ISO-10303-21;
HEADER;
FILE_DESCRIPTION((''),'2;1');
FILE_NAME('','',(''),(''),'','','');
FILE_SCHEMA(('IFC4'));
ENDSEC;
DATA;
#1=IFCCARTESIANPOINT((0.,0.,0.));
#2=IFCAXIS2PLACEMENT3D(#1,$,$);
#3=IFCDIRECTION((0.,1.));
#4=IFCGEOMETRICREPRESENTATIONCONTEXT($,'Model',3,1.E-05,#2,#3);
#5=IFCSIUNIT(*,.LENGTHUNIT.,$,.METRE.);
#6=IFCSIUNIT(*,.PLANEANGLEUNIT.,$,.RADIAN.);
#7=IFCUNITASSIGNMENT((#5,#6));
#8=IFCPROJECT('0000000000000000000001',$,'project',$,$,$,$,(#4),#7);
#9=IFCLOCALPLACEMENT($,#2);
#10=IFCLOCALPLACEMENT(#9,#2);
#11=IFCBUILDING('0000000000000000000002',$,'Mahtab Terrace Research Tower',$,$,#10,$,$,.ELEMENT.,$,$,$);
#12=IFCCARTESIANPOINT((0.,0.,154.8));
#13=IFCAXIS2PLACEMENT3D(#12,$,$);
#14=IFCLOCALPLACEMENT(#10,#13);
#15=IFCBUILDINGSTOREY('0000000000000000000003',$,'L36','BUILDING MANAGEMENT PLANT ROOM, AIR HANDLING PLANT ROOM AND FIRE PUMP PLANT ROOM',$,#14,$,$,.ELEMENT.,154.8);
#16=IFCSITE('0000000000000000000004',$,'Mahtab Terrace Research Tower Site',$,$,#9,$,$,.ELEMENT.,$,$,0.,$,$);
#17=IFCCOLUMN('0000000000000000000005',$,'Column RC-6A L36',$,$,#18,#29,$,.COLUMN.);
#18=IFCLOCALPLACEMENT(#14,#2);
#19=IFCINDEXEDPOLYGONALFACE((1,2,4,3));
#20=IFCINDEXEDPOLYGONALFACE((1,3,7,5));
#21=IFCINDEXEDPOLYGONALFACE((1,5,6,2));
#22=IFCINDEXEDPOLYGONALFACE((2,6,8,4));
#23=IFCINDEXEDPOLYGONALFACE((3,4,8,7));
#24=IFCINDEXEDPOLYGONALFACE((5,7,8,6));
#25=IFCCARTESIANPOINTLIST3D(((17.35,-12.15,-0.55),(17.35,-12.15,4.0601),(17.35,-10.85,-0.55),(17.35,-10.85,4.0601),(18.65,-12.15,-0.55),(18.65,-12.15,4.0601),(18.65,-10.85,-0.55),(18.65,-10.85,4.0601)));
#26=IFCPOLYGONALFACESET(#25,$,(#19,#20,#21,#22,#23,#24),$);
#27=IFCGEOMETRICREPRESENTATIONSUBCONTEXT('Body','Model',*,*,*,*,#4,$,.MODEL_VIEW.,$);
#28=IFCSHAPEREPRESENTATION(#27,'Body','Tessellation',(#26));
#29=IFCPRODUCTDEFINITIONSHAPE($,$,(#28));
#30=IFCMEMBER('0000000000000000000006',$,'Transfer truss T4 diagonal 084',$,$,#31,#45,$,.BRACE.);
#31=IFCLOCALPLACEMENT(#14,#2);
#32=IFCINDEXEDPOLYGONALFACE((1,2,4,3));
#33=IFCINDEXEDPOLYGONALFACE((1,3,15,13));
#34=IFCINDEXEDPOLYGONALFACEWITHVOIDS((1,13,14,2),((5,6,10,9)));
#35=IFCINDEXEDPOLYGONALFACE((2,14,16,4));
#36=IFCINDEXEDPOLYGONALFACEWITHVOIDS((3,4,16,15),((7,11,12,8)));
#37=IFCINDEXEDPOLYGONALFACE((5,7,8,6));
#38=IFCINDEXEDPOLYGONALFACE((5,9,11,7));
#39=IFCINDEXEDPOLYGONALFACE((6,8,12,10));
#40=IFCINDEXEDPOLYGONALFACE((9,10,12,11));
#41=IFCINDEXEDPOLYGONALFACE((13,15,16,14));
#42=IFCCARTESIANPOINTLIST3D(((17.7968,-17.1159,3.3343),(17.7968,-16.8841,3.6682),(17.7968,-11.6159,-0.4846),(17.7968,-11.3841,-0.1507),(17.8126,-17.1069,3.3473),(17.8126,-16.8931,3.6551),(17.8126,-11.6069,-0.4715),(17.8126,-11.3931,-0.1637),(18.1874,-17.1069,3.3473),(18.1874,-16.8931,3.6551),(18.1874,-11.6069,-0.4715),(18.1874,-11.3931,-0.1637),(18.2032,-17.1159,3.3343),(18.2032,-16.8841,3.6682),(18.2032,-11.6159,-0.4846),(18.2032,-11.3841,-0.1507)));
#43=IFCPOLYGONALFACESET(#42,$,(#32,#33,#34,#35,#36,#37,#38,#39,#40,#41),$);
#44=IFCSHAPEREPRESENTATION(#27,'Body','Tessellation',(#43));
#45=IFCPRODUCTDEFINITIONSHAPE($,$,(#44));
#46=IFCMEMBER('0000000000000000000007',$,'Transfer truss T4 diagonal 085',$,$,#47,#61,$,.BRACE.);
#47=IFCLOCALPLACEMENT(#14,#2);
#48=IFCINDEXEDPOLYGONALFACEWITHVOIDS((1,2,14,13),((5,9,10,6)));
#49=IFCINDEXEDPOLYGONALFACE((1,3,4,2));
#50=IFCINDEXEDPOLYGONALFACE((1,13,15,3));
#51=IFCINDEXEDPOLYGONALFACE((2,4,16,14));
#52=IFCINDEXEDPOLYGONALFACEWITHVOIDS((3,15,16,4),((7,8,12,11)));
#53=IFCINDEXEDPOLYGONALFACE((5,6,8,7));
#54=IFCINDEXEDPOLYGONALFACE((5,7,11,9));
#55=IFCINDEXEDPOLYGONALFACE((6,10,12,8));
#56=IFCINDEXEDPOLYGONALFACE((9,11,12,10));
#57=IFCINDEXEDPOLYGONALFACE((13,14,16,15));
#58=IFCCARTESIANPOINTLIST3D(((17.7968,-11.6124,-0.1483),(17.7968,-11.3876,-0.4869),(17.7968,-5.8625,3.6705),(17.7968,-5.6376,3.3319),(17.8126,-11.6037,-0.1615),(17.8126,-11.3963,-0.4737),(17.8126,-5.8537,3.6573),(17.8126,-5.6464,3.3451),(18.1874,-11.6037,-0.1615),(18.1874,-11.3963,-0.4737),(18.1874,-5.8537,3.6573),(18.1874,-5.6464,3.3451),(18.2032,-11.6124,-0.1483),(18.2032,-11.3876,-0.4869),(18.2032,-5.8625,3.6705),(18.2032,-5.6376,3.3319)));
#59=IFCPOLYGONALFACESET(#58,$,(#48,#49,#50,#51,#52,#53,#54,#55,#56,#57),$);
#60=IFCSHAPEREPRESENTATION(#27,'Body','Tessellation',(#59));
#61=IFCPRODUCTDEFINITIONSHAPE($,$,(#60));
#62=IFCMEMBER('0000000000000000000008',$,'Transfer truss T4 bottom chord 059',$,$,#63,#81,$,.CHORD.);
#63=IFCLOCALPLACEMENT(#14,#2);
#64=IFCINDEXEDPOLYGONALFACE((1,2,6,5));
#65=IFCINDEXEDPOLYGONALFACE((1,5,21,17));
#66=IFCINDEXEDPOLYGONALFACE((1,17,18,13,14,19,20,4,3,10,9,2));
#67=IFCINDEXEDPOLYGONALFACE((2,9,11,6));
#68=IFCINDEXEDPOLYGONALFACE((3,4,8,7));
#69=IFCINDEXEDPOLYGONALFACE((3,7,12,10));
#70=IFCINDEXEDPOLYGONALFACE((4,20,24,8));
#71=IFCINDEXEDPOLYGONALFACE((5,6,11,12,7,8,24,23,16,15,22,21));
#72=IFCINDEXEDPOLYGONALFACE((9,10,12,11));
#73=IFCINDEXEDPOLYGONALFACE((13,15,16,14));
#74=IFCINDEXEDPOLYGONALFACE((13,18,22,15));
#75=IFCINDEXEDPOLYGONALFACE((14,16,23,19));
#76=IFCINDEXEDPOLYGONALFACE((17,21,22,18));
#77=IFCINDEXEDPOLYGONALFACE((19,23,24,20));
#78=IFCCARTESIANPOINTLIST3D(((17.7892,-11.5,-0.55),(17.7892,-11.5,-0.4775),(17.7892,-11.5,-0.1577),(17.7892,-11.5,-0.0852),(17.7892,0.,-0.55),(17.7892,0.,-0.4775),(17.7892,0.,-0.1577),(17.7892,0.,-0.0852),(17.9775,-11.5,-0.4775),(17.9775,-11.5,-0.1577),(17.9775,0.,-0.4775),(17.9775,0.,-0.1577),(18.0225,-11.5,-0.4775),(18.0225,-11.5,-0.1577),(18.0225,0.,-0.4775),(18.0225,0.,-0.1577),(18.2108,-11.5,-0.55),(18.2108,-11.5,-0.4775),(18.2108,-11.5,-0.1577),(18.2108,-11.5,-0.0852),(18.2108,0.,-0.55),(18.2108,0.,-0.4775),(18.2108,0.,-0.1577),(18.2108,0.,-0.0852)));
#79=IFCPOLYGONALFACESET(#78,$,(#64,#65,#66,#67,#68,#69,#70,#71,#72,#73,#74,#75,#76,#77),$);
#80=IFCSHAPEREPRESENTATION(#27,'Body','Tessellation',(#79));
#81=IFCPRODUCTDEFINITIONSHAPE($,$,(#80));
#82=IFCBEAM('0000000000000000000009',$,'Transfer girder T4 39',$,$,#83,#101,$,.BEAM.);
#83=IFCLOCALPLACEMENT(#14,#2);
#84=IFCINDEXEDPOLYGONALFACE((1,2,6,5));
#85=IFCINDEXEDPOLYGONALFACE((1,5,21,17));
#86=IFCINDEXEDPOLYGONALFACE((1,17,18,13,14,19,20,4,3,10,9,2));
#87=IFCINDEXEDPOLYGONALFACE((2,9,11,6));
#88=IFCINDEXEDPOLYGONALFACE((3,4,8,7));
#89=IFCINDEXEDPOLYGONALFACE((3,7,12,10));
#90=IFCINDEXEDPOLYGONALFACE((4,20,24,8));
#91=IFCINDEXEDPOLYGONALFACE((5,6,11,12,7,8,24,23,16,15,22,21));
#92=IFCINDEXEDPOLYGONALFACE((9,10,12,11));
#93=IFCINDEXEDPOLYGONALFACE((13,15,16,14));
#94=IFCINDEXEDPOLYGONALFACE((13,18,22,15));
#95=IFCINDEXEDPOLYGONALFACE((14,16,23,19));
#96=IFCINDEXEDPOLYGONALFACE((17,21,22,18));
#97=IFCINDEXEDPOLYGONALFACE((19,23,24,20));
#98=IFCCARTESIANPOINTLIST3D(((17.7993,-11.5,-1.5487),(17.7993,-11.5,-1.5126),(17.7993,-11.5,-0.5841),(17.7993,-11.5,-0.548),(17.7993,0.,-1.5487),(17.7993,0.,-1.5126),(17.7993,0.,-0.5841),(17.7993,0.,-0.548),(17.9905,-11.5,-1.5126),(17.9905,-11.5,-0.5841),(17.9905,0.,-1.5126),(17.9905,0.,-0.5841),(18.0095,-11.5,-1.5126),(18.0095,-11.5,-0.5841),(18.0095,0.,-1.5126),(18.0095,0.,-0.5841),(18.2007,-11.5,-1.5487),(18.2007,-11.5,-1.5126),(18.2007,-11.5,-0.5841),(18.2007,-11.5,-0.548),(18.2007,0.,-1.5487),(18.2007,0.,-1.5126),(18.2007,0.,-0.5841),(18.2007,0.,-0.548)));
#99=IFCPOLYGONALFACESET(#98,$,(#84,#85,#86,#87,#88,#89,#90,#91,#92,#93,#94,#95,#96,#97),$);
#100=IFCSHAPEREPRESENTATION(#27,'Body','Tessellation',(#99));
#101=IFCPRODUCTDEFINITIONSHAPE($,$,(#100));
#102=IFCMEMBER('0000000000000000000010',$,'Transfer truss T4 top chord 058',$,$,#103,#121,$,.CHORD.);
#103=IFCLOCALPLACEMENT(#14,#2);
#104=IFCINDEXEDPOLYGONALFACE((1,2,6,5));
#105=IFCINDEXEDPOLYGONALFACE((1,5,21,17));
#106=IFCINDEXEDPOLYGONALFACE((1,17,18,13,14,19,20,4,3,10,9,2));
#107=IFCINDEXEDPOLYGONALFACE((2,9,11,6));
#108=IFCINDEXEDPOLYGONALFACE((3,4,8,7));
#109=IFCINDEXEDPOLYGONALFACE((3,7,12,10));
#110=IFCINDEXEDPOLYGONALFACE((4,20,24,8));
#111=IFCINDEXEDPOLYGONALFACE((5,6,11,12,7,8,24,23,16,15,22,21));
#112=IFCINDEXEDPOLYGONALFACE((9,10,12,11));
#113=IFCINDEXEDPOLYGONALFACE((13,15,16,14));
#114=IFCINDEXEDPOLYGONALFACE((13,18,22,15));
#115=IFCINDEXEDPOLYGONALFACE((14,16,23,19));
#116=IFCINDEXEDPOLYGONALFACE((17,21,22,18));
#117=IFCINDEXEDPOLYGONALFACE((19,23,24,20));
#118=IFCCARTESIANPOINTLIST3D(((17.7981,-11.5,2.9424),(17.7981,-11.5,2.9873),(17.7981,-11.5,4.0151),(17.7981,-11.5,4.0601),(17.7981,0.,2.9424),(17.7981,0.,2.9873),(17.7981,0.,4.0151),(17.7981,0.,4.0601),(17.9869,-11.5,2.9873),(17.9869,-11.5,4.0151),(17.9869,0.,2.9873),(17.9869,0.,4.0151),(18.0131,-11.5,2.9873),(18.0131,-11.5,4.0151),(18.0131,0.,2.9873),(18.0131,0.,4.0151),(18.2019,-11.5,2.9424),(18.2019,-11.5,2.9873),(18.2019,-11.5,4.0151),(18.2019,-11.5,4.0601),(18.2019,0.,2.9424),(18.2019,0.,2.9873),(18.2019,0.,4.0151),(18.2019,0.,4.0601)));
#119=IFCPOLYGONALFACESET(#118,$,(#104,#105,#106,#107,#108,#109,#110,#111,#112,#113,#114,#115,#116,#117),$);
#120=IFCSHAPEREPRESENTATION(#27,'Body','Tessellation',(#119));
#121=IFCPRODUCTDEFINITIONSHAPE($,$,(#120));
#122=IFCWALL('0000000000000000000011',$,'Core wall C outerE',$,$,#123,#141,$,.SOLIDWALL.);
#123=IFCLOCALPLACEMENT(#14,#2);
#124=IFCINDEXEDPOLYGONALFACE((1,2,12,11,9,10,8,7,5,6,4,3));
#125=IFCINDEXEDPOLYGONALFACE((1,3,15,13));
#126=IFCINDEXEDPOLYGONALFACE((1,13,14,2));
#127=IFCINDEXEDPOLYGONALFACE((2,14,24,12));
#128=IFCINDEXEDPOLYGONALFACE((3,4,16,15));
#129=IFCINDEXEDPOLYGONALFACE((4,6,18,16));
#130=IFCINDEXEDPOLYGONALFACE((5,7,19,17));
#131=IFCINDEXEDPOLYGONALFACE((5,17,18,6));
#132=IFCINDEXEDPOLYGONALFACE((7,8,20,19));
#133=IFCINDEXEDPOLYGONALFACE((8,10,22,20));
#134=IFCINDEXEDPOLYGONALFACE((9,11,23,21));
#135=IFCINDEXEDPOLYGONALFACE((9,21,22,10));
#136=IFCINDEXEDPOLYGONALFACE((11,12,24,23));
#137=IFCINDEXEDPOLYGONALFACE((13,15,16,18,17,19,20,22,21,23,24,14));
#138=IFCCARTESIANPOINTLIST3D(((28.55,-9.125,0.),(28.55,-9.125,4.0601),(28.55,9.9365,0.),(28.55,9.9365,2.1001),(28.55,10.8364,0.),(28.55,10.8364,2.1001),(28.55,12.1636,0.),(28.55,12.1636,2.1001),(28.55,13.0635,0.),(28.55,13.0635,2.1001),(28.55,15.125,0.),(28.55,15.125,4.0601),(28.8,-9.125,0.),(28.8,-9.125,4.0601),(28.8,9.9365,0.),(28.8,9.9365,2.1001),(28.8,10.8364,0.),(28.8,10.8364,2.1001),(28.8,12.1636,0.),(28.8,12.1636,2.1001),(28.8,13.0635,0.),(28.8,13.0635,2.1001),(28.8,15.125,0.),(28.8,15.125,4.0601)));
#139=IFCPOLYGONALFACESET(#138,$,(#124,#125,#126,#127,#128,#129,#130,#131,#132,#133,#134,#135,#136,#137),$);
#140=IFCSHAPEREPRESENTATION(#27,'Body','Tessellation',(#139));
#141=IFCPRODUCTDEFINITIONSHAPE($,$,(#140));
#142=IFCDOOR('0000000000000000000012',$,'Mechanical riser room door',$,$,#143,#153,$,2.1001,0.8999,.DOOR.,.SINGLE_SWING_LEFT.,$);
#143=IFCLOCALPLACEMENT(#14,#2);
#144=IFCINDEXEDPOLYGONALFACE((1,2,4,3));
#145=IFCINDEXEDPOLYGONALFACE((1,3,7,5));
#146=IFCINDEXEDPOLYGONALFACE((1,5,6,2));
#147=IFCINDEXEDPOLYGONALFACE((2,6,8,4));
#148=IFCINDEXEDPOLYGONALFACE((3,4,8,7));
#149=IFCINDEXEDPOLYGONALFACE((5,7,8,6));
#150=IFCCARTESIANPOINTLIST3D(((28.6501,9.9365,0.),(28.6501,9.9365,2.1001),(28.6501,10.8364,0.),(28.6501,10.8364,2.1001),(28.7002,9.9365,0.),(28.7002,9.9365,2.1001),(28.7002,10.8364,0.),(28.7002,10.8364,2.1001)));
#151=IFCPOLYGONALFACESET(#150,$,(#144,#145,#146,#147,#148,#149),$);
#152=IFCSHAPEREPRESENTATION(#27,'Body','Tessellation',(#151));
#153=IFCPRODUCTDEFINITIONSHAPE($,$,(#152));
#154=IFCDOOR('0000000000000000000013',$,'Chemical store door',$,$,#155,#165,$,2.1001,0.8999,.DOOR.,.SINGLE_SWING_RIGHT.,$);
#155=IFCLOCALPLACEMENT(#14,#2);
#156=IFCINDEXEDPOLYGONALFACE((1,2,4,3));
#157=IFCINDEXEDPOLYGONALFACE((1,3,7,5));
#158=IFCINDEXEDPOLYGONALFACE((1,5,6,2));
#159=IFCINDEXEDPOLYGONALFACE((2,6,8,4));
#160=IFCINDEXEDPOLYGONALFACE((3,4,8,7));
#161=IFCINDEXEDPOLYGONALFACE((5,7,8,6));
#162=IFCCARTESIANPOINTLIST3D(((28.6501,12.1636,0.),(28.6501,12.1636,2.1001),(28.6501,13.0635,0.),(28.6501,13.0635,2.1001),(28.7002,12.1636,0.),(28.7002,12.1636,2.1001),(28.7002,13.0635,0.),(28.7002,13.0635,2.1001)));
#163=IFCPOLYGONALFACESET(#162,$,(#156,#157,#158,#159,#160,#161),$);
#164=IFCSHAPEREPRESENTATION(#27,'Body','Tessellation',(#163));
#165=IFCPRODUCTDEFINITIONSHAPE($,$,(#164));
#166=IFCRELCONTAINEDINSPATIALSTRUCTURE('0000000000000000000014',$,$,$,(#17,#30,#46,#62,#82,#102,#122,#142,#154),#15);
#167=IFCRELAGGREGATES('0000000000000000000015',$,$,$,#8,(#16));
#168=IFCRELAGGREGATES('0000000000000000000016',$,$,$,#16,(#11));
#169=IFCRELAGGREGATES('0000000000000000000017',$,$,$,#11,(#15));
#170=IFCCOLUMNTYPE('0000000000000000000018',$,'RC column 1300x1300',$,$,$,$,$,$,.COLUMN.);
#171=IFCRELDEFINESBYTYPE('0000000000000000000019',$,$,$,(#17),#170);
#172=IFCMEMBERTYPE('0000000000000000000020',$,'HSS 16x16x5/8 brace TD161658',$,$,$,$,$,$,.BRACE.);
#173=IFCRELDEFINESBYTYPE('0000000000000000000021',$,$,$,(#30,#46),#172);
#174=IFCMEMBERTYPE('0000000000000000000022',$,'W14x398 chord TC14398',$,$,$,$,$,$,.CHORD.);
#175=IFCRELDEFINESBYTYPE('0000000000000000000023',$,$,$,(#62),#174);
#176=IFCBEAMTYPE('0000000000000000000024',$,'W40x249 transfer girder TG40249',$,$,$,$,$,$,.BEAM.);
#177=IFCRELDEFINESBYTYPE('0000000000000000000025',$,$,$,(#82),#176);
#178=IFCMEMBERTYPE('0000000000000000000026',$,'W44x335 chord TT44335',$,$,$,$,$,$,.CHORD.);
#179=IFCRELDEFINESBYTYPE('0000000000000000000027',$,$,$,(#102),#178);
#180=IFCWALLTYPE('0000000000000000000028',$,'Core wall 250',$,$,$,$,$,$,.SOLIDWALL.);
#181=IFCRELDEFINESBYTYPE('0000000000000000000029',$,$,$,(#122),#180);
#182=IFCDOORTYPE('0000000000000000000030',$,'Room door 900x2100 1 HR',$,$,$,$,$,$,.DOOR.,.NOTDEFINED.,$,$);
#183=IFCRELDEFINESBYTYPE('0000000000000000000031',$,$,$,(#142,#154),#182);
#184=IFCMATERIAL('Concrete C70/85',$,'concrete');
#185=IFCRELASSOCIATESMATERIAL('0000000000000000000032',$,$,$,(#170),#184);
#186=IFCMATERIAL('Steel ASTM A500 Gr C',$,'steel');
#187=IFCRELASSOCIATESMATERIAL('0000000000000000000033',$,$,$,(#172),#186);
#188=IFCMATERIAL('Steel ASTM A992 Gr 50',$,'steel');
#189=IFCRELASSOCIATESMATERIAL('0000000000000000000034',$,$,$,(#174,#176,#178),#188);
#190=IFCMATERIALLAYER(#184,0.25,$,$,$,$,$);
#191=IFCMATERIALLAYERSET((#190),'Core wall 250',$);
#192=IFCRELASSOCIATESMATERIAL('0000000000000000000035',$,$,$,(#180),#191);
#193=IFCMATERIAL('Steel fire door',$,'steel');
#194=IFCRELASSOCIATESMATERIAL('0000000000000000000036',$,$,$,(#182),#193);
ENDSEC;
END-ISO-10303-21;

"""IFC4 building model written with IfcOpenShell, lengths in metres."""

from ifc_helpers import new_model, si_unit, direction, frame, frame_2d, origin, origin_2d, place, context, subcontext, project, spatial, rectangle, hollow_rectangle, i_section, extrude, material, layer, layer_set, material_profile, profile_set, type_object, element, fill, save


model = new_model("IFC4")

# Units and contexts
model_context = context("Model", 3, precision=1e-05, world=origin(), true_north=direction((0.0, 1.0)))
body_context = subcontext(model_context, "Body", "Model", "MODEL_VIEW")
ifc_project = project(units=[si_unit("LENGTHUNIT", "METRE"), si_unit("PLANEANGLEUNIT", "RADIAN")], contexts=[model_context])

# Site, building, storey
site_placement = place(None, origin())
site = spatial("IfcSite", under=ifc_project, at=site_placement, Name="Mahtab Terrace Research Tower Site", CompositionType="ELEMENT", RefElevation=0.0)
building_placement = place(site_placement, origin())
building = spatial("IfcBuilding", under=site, at=building_placement, Name="Mahtab Terrace Research Tower", CompositionType="ELEMENT")
storey_placement = place(building_placement, frame((0.0, 0.0, 154.8)))
storey = spatial("IfcBuildingStorey", under=building, at=storey_placement, Name="L36", Description="BUILDING MANAGEMENT PLANT ROOM, AIR HANDLING PLANT ROOM AND FIRE PUMP PLANT ROOM", CompositionType="ELEMENT", Elevation=154.8)

# Column
ifc_material_1 = material(Name="Concrete C70/85", Category="concrete")
ifc_material_profile_1 = material_profile(ifc_material_1, rectangle(XDim=1.3, YDim=1.3, at=origin_2d()), Name="RC column 1300x1300")
ifc_profile_set_1 = profile_set([ifc_material_profile_1], Name="Concrete C70/85")
column_type = type_object("IfcColumnType", Name="RC column 1300x1300", PredefinedType="COLUMN", material=ifc_profile_set_1)
column_placement = place(storey_placement, frame((18.0, -11.5, -0.55), z_axis=(0.0, 0.0, 1.0), x_axis=(1.0, 0.0, 0.0)))
element("IfcColumn", 1, at=column_placement, inside=storey, type_object=column_type, Name="Column RC-6A L36", PredefinedType="COLUMN", context=body_context, shape_type="SweptSolid", body=[
    extrude(rectangle(XDim=1.3, YDim=1.3, at=origin_2d()), origin(), (0.0, 0.0, 1.0), 4.6101),
])

# Members
ifc_material_2 = material(Name="Steel ASTM A500 Gr C", Category="steel")
ifc_material_profile_2 = material_profile(ifc_material_2, hollow_rectangle(XDim=0.4065, YDim=0.4065, WallThickness=0.0159, at=origin_2d()), Name="HSS16X16X5/8")
ifc_profile_set_2 = profile_set([ifc_material_profile_2], Name="Steel ASTM A500 Gr C")
member_type_1 = type_object("IfcMemberType", Name="HSS 16x16x5/8 brace TD161658", PredefinedType="BRACE", material=ifc_profile_set_2)
member_1_placement = place(storey_placement, frame((18.0, -11.5, -0.3176), z_axis=(0.0, -0.821412, 0.570336), x_axis=(1.0, 0.0, 0.0)))
element("IfcMember", 2, at=member_1_placement, inside=storey, type_object=member_type_1, Name="Transfer truss T4 diagonal 084", PredefinedType="BRACE", context=body_context, shape_type="SweptSolid", body=[
    extrude(hollow_rectangle(XDim=0.4065, YDim=0.4065, WallThickness=0.0159, at=origin_2d()), origin(), (0.0, 0.0, 1.0), 6.6958),
])
member_2_placement = place(storey_placement, frame((18.0, -11.5, -0.3176), z_axis=(0.0, 0.833018, 0.553246), x_axis=(-1.0, 0.0, 0.0)))
element("IfcMember", 3, at=member_2_placement, inside=storey, type_object=member_type_1, Name="Transfer truss T4 diagonal 085", PredefinedType="BRACE", context=body_context, shape_type="SweptSolid", body=[
    extrude(hollow_rectangle(XDim=0.4065, YDim=0.4065, WallThickness=0.0159, at=origin_2d()), origin(), (0.0, 0.0, 1.0), 6.9026),
])
ifc_material_3 = material(Name="Steel ASTM A992 Gr 50", Category="steel")
ifc_material_profile_3 = material_profile(ifc_material_3, i_section(OverallWidth=0.4216, OverallDepth=0.4648, WebThickness=0.0449, FlangeThickness=0.0725, at=origin_2d()), Name="W14X398")
ifc_profile_set_3 = profile_set([ifc_material_profile_3], Name="Steel ASTM A992 Gr 50")
member_type_2 = type_object("IfcMemberType", Name="W14x398 chord TC14398", PredefinedType="CHORD", material=ifc_profile_set_3)
member_3_placement = place(storey_placement, frame((18.0, -11.5, -0.3176), z_axis=(0.0, 1.0, 0.0), x_axis=(-1.0, 0.0, 0.0)))
element("IfcMember", 4, at=member_3_placement, inside=storey, type_object=member_type_2, Name="Transfer truss T4 bottom chord 059", PredefinedType="CHORD", context=body_context, shape_type="SweptSolid", body=[
    extrude(i_section(OverallWidth=0.4216, OverallDepth=0.4648, WebThickness=0.0449, FlangeThickness=0.0725, at=origin_2d()), origin(), (0.0, 0.0, 1.0), 11.5),
])

# Beam
ifc_material_profile_4 = material_profile(ifc_material_3, i_section(OverallWidth=0.4014, OverallDepth=1.0007, WebThickness=0.019, FlangeThickness=0.0361, at=origin_2d()), Name="W40X249")
ifc_profile_set_4 = profile_set([ifc_material_profile_4], Name="Steel ASTM A992 Gr 50")
beam_type = type_object("IfcBeamType", Name="W40x249 transfer girder TG40249", PredefinedType="BEAM", material=ifc_profile_set_4)
beam_placement = place(storey_placement, frame((18.0, -11.5, -1.0483), z_axis=(0.0, 1.0, 0.0), x_axis=(-1.0, 0.0, 0.0)))
element("IfcBeam", 5, at=beam_placement, inside=storey, type_object=beam_type, Name="Transfer girder T4 39", PredefinedType="BEAM", context=body_context, shape_type="SweptSolid", body=[
    extrude(i_section(OverallWidth=0.4014, OverallDepth=1.0007, WebThickness=0.019, FlangeThickness=0.0361, at=origin_2d()), origin(), (0.0, 0.0, 1.0), 11.5),
])

# Member
ifc_material_profile_5 = material_profile(ifc_material_3, i_section(OverallWidth=0.4038, OverallDepth=1.1177, WebThickness=0.0261, FlangeThickness=0.0449, at=origin_2d()), Name="W44X335")
ifc_profile_set_5 = profile_set([ifc_material_profile_5], Name="Steel ASTM A992 Gr 50")
member_type_3 = type_object("IfcMemberType", Name="W44x335 chord TT44335", PredefinedType="CHORD", material=ifc_profile_set_5)
member_4_placement = place(storey_placement, frame((18.0, -11.5, 3.5012), z_axis=(0.0, 1.0, 0.0), x_axis=(-1.0, 0.0, 0.0)))
element("IfcMember", 6, at=member_4_placement, inside=storey, type_object=member_type_3, Name="Transfer truss T4 top chord 058", PredefinedType="CHORD", context=body_context, shape_type="SweptSolid", body=[
    extrude(i_section(OverallWidth=0.4038, OverallDepth=1.1177, WebThickness=0.0261, FlangeThickness=0.0449, at=origin_2d()), origin(), (0.0, 0.0, 1.0), 11.5),
])

# Wall, openings, doors
ifc_layer_1 = layer(ifc_material_1, 0.25)
ifc_layer_set_1 = layer_set([ifc_layer_1], Name="Core wall 250")
wall_type_1 = type_object("IfcWallType", Name="Core wall 250", PredefinedType="SOLIDWALL", material=ifc_layer_set_1)
wall_1_placement = place(storey_placement, frame((28.675, -9.125, 0.0), z_axis=(0.0, 0.0, 1.0), x_axis=(0.0, 1.0, 0.0)))
wall_1 = element("IfcWall", 7, at=wall_1_placement, inside=storey, type_object=wall_type_1, Name="Core wall C outerE", PredefinedType="SOLIDWALL", context=body_context, shape_type="SweptSolid", body=[
    extrude(rectangle(XDim=24.25, YDim=0.25, at=frame_2d((12.125, 0.0))), origin(), (0.0, 0.0, 1.0), 4.0601),
])
opening_1_placement = place(wall_1_placement, frame((19.0615, 0.0, 0.0)))
opening_1 = element("IfcOpeningElement", 8, at=opening_1_placement, cuts=wall_1, PredefinedType="OPENING", context=body_context, shape_type="SweptSolid", body=[
    extrude(rectangle(XDim=0.8999, YDim=2.1001, at=frame_2d((0.45, 1.05))), frame((0.0, 0.135, 0.0), z_axis=(0.0, -1.0, 0.0), x_axis=(1.0, 0.0, 0.0)), (0.0, 0.0, 1.0), 0.27),
])
opening_2_placement = place(wall_1_placement, frame((21.2886, 0.0, 0.0)))
opening_2 = element("IfcOpeningElement", 9, at=opening_2_placement, cuts=wall_1, PredefinedType="OPENING", context=body_context, shape_type="SweptSolid", body=[
    extrude(rectangle(XDim=0.8999, YDim=2.1001, at=frame_2d((0.45, 1.05))), frame((0.0, 0.135, 0.0), z_axis=(0.0, -1.0, 0.0), x_axis=(1.0, 0.0, 0.0)), (0.0, 0.0, 1.0), 0.27),
])
ifc_material_4 = material(Name="Steel fire door", Category="steel")
door_type_1 = type_object("IfcDoorType", Name="Room door 900x2100 1 HR", OperationType="NOTDEFINED", PredefinedType="DOOR", material=ifc_material_4)
door_1_placement = place(opening_1_placement, origin())
door_1 = element("IfcDoor", 10, at=door_1_placement, inside=storey, type_object=door_type_1, Name="Mechanical riser room door", OperationType="SINGLE_SWING_LEFT", OverallHeight=2.1001, OverallWidth=0.8999, PredefinedType="DOOR", context=body_context, shape_type="SweptSolid", body=[
    extrude(rectangle(XDim=0.8999, YDim=2.1001, at=frame_2d((0.45, 1.05))), frame((0.0, 0.0249, 0.0), z_axis=(0.0, -1.0, 0.0), x_axis=(1.0, 0.0, 0.0)), (0.0, 0.0, 1.0), 0.05),
])
fill(opening_1, door_1)
door_2_placement = place(opening_2_placement, origin())
door_2 = element("IfcDoor", 11, at=door_2_placement, inside=storey, type_object=door_type_1, Name="Chemical store door", OperationType="SINGLE_SWING_RIGHT", OverallHeight=2.1001, OverallWidth=0.8999, PredefinedType="DOOR", context=body_context, shape_type="SweptSolid", body=[
    extrude(rectangle(XDim=0.8999, YDim=2.1001, at=frame_2d((0.45, 1.05))), frame((0.0, 0.0249, 0.0), z_axis=(0.0, -1.0, 0.0), x_axis=(1.0, 0.0, 0.0)), (0.0, 0.0, 1.0), 0.05),
])
fill(opening_2, door_2)

save(model, "model.ifc")
